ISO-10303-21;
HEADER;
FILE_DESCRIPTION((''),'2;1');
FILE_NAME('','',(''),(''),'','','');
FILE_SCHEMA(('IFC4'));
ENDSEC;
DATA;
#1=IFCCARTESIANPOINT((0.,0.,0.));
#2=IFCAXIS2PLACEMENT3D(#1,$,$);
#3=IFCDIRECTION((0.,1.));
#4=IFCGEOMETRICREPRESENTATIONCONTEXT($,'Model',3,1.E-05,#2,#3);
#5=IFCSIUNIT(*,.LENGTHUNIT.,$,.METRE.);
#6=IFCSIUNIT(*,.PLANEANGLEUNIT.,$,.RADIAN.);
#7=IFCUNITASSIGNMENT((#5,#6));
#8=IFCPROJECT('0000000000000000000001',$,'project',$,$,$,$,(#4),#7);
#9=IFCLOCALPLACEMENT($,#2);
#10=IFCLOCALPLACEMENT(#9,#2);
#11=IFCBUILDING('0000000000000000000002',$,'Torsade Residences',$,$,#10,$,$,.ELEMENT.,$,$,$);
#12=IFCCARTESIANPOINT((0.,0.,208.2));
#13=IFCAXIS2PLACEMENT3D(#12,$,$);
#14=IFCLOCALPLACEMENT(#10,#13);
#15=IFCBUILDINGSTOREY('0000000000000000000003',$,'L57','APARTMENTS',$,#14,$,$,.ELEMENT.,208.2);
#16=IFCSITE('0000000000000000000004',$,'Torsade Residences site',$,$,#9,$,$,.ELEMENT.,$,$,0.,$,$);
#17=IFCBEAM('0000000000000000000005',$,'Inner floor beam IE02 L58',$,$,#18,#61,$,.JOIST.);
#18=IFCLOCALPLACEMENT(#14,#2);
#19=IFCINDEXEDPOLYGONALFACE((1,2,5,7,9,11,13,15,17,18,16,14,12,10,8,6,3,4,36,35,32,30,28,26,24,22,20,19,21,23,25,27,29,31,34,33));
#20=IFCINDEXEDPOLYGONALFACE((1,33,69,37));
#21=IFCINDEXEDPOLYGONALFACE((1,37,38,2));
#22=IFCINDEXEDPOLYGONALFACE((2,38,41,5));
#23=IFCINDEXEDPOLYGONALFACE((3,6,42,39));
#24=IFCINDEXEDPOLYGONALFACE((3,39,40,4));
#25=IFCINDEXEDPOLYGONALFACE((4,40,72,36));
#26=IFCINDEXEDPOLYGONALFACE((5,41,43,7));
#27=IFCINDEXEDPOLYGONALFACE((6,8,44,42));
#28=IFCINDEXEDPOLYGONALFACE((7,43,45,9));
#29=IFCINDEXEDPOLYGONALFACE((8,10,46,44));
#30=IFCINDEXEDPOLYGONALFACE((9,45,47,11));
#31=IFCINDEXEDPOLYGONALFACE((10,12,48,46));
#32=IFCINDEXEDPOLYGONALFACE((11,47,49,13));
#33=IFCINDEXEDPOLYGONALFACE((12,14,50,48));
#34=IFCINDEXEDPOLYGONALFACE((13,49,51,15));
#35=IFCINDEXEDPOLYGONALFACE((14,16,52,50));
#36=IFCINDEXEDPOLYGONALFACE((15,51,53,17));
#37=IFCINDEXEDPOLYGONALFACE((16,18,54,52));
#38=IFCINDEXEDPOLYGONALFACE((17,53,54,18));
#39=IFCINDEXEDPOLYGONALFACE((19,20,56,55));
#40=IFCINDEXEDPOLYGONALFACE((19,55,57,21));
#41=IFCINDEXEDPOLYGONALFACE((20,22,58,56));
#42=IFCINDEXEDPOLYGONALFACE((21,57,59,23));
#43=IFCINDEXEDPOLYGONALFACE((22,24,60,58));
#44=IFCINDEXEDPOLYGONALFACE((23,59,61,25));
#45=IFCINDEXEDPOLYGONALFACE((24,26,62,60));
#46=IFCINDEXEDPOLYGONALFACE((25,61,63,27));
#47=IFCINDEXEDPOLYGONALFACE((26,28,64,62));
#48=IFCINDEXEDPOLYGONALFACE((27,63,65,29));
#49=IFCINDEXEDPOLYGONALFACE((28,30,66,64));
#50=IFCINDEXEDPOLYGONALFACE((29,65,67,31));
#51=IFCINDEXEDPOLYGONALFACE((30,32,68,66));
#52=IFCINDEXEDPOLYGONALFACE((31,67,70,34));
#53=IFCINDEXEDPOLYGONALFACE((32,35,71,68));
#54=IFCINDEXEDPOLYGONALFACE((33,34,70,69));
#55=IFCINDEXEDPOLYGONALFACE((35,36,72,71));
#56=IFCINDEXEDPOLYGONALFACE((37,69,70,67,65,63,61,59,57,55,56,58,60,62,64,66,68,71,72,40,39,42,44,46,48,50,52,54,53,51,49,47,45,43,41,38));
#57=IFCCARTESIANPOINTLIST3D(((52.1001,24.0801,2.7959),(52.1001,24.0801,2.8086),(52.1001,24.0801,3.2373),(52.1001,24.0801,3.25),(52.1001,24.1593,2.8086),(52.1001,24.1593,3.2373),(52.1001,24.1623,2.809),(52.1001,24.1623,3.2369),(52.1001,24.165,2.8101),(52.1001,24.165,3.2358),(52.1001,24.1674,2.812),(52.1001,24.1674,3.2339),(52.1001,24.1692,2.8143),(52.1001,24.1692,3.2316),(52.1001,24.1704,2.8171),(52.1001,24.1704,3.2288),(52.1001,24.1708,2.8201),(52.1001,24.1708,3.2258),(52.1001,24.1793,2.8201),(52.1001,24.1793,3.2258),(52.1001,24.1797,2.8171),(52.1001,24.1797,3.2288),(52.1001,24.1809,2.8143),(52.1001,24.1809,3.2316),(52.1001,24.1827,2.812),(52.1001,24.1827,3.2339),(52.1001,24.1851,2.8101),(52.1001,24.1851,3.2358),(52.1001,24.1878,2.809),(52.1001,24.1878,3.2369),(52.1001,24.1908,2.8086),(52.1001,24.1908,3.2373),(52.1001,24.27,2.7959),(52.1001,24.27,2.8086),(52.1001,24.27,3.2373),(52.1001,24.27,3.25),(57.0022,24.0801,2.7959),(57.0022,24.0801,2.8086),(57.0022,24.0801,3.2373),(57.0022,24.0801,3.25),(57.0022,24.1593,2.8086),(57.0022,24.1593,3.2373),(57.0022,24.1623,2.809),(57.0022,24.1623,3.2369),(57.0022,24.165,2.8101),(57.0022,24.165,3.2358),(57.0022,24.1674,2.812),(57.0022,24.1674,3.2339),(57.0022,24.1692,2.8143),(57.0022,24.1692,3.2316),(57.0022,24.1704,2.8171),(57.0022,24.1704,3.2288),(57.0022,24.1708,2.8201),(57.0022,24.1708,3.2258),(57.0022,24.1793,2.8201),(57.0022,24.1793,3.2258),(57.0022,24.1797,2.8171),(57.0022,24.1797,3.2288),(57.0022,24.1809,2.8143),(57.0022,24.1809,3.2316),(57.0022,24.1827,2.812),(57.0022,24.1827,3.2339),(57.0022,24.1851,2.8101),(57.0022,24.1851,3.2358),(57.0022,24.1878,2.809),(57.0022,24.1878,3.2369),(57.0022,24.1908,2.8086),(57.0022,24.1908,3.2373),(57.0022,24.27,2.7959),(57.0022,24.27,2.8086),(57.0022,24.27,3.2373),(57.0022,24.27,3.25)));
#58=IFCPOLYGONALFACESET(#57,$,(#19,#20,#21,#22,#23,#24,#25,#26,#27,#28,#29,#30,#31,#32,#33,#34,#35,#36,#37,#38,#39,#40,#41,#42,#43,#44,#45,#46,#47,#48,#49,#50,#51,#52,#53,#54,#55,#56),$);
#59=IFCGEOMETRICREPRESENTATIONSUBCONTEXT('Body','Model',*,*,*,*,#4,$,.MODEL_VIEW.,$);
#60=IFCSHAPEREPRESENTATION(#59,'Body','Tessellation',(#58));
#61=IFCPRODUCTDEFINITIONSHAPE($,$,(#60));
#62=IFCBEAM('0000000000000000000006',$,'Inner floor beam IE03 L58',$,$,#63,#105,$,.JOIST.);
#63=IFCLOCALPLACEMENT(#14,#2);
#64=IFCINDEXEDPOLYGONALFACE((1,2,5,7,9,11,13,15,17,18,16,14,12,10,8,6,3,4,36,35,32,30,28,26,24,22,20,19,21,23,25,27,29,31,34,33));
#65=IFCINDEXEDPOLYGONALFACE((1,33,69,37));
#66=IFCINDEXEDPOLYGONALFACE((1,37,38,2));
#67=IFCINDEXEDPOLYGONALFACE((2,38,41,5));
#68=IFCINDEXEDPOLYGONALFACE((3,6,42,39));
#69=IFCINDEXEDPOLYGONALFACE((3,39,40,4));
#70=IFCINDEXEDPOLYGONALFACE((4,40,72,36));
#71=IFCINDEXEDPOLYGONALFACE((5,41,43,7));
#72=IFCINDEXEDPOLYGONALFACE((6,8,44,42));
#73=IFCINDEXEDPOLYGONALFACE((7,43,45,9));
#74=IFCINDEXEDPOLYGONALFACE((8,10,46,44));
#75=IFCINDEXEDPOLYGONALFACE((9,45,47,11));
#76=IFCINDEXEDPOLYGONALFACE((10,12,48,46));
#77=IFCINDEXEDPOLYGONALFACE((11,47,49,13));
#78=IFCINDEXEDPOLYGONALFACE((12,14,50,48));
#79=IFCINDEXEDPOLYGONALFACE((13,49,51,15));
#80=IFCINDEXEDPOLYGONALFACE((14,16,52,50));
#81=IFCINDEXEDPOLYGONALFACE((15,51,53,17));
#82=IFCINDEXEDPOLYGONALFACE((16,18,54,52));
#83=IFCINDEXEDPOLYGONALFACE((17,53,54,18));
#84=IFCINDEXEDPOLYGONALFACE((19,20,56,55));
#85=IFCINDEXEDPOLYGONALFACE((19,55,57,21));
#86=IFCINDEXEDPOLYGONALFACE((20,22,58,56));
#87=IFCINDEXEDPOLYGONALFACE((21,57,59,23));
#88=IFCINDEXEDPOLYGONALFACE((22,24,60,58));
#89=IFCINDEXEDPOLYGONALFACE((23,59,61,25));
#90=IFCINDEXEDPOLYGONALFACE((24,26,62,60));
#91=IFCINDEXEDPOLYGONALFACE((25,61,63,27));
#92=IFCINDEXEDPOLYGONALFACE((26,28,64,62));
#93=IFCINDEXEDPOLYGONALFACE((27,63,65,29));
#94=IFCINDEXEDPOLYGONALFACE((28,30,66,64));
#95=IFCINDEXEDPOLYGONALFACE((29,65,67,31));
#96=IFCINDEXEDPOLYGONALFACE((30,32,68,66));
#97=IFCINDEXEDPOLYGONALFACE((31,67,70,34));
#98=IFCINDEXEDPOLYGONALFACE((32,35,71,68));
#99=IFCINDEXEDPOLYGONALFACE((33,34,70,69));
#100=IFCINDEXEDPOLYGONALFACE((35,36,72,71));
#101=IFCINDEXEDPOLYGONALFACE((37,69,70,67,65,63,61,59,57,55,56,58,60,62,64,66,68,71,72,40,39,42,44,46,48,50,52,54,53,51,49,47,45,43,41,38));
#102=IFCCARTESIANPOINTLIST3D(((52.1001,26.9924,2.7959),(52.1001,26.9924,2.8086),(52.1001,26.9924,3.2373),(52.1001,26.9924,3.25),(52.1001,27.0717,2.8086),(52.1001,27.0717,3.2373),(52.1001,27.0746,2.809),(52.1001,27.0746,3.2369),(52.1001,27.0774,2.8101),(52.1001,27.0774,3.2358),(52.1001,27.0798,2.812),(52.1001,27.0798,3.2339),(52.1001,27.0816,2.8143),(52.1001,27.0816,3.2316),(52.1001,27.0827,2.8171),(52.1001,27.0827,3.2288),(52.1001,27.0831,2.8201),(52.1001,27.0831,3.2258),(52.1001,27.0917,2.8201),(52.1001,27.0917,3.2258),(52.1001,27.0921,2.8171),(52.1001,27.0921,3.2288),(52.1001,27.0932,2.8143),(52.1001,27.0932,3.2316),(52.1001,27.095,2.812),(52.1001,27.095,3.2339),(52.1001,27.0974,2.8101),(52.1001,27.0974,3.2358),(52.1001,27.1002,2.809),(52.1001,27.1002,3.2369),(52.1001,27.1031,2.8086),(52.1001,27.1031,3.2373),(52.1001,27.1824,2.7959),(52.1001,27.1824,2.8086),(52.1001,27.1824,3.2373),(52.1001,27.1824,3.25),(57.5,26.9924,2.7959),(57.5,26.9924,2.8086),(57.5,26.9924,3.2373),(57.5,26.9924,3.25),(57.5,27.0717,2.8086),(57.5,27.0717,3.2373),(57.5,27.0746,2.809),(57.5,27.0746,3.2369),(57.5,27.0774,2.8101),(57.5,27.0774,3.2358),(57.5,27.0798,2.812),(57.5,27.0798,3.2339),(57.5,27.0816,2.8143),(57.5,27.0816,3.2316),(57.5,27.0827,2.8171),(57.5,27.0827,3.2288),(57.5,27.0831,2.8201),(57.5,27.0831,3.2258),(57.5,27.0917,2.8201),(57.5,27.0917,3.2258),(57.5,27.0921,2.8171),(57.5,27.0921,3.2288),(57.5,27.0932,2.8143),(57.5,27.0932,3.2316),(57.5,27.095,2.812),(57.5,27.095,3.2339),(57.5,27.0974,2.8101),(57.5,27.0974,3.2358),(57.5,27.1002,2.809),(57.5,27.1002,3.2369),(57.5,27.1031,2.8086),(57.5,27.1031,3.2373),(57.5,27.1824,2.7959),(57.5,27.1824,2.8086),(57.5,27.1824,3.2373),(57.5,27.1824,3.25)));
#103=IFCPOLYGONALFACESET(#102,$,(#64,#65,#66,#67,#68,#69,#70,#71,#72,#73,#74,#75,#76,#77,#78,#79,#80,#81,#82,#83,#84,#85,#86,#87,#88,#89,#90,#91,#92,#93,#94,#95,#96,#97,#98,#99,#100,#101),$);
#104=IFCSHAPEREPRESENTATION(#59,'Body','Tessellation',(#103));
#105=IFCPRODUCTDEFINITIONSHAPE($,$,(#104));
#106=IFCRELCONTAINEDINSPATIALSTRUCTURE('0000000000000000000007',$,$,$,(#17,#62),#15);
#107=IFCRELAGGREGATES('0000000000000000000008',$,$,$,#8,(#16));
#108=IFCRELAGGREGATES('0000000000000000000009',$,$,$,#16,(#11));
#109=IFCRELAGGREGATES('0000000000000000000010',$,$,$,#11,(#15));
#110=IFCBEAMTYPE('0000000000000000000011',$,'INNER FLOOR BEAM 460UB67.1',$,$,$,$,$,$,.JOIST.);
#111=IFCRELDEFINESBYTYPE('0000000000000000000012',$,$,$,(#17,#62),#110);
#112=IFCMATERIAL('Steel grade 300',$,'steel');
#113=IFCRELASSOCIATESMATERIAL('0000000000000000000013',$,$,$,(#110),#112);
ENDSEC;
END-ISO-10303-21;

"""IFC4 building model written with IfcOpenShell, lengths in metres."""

from ifc_helpers import new_model, si_unit, direction, frame, origin, origin_2d, place, context, subcontext, project, spatial, i_section, extrude, material, material_profile, profile_set, type_object, element, save


model = new_model("IFC4")

# Units and contexts
model_context = context("Model", 3, precision=1e-05, world=origin(), true_north=direction((0.0, 1.0)))
body_context = subcontext(model_context, "Body", "Model", "MODEL_VIEW")
ifc_project = project(units=[si_unit("LENGTHUNIT", "METRE"), si_unit("PLANEANGLEUNIT", "RADIAN")], contexts=[model_context])

# Site, building, storey
site_placement = place(None, origin())
site = spatial("IfcSite", under=ifc_project, at=site_placement, Name="Torsade Residences site", CompositionType="ELEMENT", RefElevation=0.0)
building_placement = place(site_placement, origin())
building = spatial("IfcBuilding", under=site, at=building_placement, Name="Torsade Residences", CompositionType="ELEMENT")
storey_placement = place(building_placement, frame((0.0, 0.0, 208.2)))
storey = spatial("IfcBuildingStorey", under=building, at=storey_placement, Name="L57", Description="APARTMENTS", CompositionType="ELEMENT", Elevation=208.2)

# Beams
ifc_material_1 = material(Name="Steel grade 300", Category="steel")
ifc_material_profile = material_profile(ifc_material_1, i_section(OverallWidth=0.1899, OverallDepth=0.4541, WebThickness=0.0085, FlangeThickness=0.0127, FilletRadius=0.0115, at=origin_2d()), Name="460UB67.1")
ifc_profile_set = profile_set([ifc_material_profile], Name="Steel grade 300")
beam_type = type_object("IfcBeamType", Name="INNER FLOOR BEAM 460UB67.1", PredefinedType="JOIST", material=ifc_profile_set)
beam_1_placement = place(storey_placement, frame((52.1001, 24.175, 3.0229), z_axis=(1.0, 0.0, 0.0), x_axis=(0.0, 1.0, 0.0)))
element("IfcBeam", 1, at=beam_1_placement, inside=storey, type_object=beam_type, Name="Inner floor beam IE02 L58", PredefinedType="JOIST", context=body_context, shape_type="SweptSolid", body=[
    extrude(i_section(OverallWidth=0.1899, OverallDepth=0.4541, WebThickness=0.0085, FlangeThickness=0.0127, FilletRadius=0.0115, at=origin_2d()), origin(), (0.0, 0.0, 1.0), 4.9021),
])
beam_2_placement = place(storey_placement, frame((52.1001, 27.0874, 3.0229), z_axis=(1.0, 0.0, 0.0), x_axis=(0.0, 1.0, 0.0)))
element("IfcBeam", 2, at=beam_2_placement, inside=storey, type_object=beam_type, Name="Inner floor beam IE03 L58", PredefinedType="JOIST", context=body_context, shape_type="SweptSolid", body=[
    extrude(i_section(OverallWidth=0.1899, OverallDepth=0.4541, WebThickness=0.0085, FlangeThickness=0.0127, FilletRadius=0.0115, at=origin_2d()), origin(), (0.0, 0.0, 1.0), 5.3999),
])

save(model, "model.ifc")
